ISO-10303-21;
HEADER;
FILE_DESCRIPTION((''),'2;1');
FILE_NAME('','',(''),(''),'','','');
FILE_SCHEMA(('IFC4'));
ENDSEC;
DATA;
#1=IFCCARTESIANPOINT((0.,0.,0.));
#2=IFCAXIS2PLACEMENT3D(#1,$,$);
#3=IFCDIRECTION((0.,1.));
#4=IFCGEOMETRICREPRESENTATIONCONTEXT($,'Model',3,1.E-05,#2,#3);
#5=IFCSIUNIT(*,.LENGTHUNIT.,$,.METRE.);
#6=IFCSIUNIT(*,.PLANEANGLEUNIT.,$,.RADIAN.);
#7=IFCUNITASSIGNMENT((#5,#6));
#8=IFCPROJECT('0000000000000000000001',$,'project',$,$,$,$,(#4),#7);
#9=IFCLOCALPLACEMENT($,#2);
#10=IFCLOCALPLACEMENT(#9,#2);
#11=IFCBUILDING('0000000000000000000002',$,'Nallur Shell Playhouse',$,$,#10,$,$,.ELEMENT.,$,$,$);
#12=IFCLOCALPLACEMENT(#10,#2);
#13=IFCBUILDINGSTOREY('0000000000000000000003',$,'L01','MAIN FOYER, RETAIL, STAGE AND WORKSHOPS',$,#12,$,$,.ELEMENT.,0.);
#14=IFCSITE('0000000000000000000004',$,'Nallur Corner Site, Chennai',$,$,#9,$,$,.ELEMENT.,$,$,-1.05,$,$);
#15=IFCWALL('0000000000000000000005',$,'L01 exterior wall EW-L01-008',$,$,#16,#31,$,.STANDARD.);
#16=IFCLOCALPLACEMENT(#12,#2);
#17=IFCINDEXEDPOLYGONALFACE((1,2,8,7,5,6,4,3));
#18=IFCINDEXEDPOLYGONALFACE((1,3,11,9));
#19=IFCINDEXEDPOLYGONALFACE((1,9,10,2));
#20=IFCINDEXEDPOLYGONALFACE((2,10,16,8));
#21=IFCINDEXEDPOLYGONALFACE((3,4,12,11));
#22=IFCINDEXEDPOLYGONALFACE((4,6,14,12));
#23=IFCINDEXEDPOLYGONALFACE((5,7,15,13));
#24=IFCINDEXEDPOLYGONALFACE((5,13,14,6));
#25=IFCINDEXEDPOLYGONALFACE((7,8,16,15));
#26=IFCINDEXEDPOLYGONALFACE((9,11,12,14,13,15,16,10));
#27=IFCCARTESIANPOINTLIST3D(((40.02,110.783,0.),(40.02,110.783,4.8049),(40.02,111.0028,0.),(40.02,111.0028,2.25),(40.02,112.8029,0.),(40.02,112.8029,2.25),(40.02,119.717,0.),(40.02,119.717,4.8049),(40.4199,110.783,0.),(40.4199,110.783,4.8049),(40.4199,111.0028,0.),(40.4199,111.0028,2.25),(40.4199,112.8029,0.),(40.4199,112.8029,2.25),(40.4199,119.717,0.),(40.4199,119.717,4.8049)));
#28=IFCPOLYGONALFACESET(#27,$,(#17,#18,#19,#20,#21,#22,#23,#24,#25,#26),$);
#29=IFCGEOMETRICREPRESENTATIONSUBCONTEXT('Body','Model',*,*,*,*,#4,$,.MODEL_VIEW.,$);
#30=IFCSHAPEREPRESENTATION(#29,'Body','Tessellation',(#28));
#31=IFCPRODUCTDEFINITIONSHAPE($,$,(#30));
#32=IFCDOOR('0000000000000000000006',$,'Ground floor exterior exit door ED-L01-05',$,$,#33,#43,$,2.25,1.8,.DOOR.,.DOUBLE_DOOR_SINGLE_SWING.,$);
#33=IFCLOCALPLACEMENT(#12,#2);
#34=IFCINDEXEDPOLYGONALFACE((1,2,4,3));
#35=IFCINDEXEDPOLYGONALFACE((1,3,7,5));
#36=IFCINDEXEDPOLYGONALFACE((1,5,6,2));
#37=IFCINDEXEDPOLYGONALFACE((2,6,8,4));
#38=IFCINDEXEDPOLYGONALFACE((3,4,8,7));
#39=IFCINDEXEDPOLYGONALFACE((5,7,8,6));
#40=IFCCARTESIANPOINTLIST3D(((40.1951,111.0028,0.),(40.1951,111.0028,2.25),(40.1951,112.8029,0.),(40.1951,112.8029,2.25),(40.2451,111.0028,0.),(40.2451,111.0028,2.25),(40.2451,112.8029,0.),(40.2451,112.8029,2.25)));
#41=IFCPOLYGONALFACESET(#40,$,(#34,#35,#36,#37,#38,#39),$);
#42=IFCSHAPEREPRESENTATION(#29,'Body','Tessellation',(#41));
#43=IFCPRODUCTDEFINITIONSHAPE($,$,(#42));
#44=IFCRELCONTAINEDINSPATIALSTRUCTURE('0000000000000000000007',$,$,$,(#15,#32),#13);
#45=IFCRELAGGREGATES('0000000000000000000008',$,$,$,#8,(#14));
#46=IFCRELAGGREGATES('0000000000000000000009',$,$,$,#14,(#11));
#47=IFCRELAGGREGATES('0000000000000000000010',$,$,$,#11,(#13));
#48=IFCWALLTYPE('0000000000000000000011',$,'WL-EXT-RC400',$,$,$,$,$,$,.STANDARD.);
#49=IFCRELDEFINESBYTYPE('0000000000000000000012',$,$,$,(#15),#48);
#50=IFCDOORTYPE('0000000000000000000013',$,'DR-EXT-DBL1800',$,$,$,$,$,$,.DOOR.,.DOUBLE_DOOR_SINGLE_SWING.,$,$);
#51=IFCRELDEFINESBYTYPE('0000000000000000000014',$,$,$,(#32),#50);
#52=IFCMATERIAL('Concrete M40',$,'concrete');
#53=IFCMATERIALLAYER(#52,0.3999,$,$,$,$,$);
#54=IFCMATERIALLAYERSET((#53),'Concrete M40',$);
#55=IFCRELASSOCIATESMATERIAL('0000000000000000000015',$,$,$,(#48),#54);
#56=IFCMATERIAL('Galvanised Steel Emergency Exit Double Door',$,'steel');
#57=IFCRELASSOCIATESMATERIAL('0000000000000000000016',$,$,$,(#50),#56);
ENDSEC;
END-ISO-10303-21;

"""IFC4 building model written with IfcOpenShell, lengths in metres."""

from ifc_helpers import new_model, si_unit, direction, frame, frame_2d, origin, place, context, subcontext, project, spatial, rectangle, extrude, material, layer, layer_set, type_object, element, fill, save


model = new_model("IFC4")

# Units and contexts
model_context = context("Model", 3, precision=1e-05, world=origin(), true_north=direction((0.0, 1.0)))
body_context = subcontext(model_context, "Body", "Model", "MODEL_VIEW")
ifc_project = project(units=[si_unit("LENGTHUNIT", "METRE"), si_unit("PLANEANGLEUNIT", "RADIAN")], contexts=[model_context])

# Site, building, storey
site_placement = place(None, origin())
site = spatial("IfcSite", under=ifc_project, at=site_placement, Name="Nallur Corner Site, Chennai", CompositionType="ELEMENT", RefElevation=-1.05)
building_placement = place(site_placement, origin())
building = spatial("IfcBuilding", under=site, at=building_placement, Name="Nallur Shell Playhouse", CompositionType="ELEMENT")
storey_placement = place(building_placement, origin())
storey = spatial("IfcBuildingStorey", under=building, at=storey_placement, Name="L01", Description="MAIN FOYER, RETAIL, STAGE AND WORKSHOPS", CompositionType="ELEMENT", Elevation=0.0)

# Shared definitions
ifc_material_1 = material(Name="Concrete M40", Category="concrete")
ifc_layer_1 = layer(ifc_material_1, 0.3999)
ifc_layer_set_1 = layer_set([ifc_layer_1], Name="Concrete M40")
wall_type_1 = type_object("IfcWallType", Name="WL-EXT-RC400", PredefinedType="STANDARD", material=ifc_layer_set_1)

# Wall, opening, door
wall_1_placement = place(storey_placement, frame((40.22, 110.783, 0.0), z_axis=(0.0, 0.0, 1.0), x_axis=(0.0, 1.0, 0.0)))
wall_1 = element("IfcWall", 1, at=wall_1_placement, inside=storey, type_object=wall_type_1, Name="L01 exterior wall EW-L01-008", PredefinedType="STANDARD", context=body_context, shape_type="SweptSolid", body=[
    extrude(rectangle(XDim=8.9341, YDim=0.3999, at=frame_2d((4.467, 0.0))), origin(), (0.0, 0.0, 1.0), 4.8049),
])
opening_1_placement = place(wall_1_placement, frame((0.22, 0.0, 0.0)))
opening_1 = element("IfcOpeningElement", 2, at=opening_1_placement, cuts=wall_1, PredefinedType="OPENING", context=body_context, shape_type="SweptSolid", body=[
    extrude(rectangle(XDim=1.8, YDim=2.25, at=frame_2d((0.8999, 1.125))), frame((0.0, 0.21, 0.0), z_axis=(0.0, -1.0, 0.0), x_axis=(1.0, 0.0, 0.0)), (0.0, 0.0, 1.0), 0.4199),
])
ifc_material_2 = material(Name="Galvanised Steel Emergency Exit Double Door", Category="steel")
door_type_1 = type_object("IfcDoorType", Name="DR-EXT-DBL1800", OperationType="DOUBLE_DOOR_SINGLE_SWING", PredefinedType="DOOR", material=ifc_material_2)
door_1_placement = place(opening_1_placement, origin())
door_1 = element("IfcDoor", 3, at=door_1_placement, inside=storey, type_object=door_type_1, Name="Ground floor exterior exit door ED-L01-05", OperationType="DOUBLE_DOOR_SINGLE_SWING", OverallHeight=2.25, OverallWidth=1.8, PredefinedType="DOOR", context=body_context, shape_type="SweptSolid", body=[
    extrude(rectangle(XDim=1.8, YDim=2.25, at=frame_2d((0.8999, 1.125))), frame((0.0, 0.0249, 0.0), z_axis=(0.0, -1.0, 0.0), x_axis=(1.0, 0.0, 0.0)), (0.0, 0.0, 1.0), 0.05),
])
fill(opening_1, door_1)

save(model, "model.ifc")
